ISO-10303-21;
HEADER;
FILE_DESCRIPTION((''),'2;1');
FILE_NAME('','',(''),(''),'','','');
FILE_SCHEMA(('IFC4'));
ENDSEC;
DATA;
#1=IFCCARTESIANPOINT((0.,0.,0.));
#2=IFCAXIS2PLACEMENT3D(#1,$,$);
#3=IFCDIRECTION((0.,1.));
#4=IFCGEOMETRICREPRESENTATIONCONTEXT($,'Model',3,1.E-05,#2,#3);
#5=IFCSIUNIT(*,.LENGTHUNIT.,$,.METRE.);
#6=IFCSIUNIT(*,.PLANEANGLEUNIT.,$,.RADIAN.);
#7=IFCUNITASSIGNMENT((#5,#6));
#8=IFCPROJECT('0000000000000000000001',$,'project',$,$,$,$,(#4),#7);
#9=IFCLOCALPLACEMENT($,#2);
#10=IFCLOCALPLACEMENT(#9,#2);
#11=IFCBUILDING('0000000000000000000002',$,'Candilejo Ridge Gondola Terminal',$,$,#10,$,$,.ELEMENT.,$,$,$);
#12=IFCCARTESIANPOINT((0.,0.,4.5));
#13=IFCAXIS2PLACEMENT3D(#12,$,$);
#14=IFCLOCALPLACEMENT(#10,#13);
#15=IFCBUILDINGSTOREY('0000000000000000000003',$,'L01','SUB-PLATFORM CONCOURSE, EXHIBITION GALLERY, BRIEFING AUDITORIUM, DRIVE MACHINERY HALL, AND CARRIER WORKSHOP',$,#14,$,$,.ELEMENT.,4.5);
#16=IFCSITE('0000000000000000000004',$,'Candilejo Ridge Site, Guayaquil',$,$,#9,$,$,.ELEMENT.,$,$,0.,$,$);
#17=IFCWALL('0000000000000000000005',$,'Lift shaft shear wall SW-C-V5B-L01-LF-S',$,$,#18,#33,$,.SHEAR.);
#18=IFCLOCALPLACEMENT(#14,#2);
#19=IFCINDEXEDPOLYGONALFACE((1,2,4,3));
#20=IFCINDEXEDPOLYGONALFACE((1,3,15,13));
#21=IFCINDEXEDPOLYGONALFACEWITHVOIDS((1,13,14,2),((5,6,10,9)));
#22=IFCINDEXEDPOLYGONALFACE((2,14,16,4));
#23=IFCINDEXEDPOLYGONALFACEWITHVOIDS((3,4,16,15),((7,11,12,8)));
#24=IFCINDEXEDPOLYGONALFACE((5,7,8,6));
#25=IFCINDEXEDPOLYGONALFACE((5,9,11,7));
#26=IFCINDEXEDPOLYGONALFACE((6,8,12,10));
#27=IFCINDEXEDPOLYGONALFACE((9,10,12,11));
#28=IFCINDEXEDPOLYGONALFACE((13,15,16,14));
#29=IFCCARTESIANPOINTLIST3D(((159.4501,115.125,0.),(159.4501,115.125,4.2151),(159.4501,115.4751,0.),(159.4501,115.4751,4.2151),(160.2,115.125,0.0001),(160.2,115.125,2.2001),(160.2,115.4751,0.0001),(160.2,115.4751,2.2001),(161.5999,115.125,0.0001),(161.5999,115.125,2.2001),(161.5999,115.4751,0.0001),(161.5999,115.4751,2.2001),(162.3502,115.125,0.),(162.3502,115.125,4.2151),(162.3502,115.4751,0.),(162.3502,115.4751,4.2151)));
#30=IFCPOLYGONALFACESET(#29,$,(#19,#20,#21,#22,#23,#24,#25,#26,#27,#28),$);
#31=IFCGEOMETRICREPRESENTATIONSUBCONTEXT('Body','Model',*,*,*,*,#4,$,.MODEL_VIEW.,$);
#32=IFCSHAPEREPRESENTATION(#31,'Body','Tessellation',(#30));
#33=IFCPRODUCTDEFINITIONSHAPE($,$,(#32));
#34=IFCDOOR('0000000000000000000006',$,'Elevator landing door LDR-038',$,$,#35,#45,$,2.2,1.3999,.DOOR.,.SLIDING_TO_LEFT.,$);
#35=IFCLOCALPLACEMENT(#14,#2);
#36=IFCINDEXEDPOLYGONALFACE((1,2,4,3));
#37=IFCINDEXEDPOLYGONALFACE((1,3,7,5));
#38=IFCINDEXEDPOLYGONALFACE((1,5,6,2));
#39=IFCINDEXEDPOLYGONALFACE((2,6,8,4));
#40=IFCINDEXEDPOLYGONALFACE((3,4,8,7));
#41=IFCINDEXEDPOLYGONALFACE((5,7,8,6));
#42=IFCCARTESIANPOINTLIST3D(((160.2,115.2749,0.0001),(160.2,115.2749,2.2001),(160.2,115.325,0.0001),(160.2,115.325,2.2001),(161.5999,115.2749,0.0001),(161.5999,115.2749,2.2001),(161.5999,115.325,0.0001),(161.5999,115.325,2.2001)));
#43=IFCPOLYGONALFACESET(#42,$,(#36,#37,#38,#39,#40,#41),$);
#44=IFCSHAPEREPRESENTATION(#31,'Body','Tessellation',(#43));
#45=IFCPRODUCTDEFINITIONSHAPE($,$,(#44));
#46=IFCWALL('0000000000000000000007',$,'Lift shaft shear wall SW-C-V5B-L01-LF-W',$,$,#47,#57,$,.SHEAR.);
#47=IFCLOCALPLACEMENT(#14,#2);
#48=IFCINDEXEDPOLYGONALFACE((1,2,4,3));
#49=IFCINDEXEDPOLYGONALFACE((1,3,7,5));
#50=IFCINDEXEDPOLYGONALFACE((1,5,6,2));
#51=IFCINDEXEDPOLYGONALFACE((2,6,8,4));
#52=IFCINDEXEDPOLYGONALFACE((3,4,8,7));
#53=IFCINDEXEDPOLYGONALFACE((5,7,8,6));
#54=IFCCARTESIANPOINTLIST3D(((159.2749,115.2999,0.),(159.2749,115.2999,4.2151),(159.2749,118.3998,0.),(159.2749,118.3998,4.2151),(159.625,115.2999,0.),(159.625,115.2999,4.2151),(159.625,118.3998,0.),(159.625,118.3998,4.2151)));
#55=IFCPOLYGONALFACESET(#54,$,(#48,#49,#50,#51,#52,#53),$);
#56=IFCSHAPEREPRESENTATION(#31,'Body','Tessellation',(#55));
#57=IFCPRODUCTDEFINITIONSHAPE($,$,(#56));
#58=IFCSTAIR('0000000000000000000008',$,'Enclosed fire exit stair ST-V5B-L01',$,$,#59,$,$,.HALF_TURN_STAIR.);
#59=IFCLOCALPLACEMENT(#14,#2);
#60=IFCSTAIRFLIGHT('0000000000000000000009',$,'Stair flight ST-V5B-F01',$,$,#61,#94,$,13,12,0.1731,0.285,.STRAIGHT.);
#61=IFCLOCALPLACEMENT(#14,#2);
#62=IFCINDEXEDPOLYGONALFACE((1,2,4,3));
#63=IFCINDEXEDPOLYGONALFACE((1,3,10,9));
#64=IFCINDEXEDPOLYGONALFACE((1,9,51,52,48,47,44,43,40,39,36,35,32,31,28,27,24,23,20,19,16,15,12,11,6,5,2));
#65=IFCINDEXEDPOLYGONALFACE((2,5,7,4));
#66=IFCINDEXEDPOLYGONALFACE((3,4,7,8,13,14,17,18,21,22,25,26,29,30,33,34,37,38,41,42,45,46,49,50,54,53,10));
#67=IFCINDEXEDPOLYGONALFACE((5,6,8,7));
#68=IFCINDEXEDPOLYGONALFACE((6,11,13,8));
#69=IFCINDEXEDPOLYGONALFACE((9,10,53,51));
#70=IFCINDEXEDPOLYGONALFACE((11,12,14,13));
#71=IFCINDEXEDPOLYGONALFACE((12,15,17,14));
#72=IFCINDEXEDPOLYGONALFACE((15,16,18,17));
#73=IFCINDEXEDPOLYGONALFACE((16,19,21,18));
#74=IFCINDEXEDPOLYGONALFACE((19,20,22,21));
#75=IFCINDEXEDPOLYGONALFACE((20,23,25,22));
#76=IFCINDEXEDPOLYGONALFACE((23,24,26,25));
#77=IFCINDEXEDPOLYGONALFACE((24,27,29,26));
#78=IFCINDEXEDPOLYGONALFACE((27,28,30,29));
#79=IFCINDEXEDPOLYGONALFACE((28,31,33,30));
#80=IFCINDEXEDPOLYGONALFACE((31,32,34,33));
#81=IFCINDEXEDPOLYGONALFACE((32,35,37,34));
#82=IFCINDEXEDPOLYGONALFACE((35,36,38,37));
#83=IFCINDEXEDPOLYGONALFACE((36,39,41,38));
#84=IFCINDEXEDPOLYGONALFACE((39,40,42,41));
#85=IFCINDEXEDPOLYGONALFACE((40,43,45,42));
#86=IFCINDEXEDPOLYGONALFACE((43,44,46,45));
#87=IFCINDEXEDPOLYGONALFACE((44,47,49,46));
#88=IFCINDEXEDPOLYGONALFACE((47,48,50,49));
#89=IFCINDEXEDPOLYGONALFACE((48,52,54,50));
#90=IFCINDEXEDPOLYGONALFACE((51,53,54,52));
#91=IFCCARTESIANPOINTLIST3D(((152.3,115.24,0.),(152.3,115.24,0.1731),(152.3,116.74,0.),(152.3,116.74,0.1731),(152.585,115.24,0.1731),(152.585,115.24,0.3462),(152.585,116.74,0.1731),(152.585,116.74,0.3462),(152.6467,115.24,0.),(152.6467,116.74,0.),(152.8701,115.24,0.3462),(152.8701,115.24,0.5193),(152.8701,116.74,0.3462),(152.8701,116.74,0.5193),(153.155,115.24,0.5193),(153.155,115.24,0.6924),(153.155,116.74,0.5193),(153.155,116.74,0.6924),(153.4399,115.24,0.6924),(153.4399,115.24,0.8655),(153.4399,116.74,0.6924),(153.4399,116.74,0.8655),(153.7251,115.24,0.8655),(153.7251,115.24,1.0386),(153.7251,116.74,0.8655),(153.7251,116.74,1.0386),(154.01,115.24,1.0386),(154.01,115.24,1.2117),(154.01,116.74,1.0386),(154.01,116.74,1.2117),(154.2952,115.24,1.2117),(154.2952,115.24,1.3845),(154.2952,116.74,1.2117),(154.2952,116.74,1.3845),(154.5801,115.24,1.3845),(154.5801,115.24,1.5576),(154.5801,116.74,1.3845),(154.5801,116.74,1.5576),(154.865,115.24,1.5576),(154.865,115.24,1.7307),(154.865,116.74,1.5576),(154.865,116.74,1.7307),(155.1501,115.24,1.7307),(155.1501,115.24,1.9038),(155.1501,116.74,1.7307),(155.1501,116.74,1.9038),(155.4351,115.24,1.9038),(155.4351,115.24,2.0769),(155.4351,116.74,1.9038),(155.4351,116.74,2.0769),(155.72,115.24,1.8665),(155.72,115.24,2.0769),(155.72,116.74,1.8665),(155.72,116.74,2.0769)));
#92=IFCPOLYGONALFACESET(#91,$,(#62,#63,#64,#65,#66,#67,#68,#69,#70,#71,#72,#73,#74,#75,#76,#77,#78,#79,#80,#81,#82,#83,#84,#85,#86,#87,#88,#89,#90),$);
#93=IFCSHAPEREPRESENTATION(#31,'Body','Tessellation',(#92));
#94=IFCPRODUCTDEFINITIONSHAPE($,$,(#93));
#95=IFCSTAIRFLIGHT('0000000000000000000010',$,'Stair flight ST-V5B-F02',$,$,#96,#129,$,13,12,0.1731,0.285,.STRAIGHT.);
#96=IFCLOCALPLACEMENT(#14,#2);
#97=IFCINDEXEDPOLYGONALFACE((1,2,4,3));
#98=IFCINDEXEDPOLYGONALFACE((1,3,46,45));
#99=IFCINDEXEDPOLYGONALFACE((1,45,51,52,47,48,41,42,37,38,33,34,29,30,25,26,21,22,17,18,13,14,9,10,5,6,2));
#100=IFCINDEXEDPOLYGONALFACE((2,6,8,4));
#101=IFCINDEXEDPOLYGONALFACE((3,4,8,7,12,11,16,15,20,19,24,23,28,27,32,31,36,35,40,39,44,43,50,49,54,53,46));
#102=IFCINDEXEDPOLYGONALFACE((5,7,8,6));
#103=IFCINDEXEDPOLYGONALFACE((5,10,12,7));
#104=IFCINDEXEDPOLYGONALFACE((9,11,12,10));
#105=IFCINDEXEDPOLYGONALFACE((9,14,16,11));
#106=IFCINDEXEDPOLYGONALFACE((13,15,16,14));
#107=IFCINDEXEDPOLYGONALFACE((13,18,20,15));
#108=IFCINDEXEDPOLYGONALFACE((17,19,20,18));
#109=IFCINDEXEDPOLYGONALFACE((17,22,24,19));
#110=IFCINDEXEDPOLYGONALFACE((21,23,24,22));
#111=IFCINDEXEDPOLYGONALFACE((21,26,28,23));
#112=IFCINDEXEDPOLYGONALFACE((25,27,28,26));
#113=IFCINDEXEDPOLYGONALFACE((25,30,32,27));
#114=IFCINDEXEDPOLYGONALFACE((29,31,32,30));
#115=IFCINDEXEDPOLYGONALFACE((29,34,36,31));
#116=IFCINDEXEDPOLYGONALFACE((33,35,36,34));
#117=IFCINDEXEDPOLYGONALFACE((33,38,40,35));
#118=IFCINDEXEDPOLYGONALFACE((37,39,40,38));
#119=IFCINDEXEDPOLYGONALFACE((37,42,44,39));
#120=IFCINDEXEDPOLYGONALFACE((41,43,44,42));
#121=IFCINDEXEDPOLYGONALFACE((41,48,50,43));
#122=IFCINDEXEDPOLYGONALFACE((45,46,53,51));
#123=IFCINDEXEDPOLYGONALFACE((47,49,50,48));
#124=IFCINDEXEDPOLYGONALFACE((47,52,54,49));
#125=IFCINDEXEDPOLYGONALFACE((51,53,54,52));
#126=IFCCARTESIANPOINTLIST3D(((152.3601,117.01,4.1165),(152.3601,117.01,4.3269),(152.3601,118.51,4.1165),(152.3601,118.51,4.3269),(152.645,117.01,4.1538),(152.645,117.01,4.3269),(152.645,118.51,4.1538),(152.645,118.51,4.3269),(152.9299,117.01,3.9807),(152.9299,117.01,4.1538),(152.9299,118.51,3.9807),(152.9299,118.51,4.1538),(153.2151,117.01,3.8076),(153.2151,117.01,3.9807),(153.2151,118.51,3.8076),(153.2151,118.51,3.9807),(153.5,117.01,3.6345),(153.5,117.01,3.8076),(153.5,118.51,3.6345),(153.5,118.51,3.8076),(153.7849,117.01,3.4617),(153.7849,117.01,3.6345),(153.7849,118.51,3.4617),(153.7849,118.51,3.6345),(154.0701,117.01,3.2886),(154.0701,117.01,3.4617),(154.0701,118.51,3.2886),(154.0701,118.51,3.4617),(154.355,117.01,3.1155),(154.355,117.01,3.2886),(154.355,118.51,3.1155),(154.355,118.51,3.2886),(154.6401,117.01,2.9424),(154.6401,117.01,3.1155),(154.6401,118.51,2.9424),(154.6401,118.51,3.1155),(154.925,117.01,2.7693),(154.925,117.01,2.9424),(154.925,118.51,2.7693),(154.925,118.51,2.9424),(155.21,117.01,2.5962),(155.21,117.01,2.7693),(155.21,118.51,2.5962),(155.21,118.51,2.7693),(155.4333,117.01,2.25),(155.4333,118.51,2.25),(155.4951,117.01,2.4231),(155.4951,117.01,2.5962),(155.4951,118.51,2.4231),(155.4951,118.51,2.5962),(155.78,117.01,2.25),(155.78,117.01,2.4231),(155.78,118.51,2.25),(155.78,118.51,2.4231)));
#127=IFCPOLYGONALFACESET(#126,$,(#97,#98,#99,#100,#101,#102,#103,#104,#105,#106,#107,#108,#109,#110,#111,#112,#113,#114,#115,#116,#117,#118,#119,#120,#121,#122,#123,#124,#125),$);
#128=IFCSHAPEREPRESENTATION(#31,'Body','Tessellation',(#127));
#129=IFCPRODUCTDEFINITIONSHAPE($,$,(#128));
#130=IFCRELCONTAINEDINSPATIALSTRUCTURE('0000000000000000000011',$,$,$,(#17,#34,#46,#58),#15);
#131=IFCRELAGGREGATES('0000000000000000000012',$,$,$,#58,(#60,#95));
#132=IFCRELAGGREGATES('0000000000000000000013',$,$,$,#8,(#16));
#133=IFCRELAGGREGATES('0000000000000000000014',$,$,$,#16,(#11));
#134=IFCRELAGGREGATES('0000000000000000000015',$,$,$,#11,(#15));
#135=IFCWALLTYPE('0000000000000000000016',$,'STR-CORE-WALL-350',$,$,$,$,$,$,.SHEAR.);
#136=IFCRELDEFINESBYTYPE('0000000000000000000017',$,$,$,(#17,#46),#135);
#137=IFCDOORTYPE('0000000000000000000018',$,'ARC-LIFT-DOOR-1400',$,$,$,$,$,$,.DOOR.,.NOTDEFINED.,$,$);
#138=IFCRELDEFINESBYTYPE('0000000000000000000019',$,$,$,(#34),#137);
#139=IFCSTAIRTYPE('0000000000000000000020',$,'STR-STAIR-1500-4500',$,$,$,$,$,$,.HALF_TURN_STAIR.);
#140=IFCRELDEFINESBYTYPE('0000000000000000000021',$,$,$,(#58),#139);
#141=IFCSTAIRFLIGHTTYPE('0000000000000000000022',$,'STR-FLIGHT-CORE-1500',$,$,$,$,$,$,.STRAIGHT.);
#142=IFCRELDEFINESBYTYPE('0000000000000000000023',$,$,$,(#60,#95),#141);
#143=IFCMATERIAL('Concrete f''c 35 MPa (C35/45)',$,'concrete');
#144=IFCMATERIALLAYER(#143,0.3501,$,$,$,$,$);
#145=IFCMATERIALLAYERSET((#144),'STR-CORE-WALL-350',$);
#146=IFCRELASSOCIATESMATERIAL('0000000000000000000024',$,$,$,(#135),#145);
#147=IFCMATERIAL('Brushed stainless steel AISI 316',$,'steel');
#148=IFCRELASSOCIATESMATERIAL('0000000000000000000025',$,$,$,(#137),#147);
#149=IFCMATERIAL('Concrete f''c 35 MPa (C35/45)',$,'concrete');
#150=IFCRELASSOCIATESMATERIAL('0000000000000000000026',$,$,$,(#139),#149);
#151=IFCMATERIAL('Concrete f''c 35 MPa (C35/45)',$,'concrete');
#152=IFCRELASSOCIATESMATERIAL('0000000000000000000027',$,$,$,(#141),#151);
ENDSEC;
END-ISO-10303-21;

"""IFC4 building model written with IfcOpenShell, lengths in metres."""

from ifc_helpers import new_model, si_unit, direction, frame, frame_2d, origin, place, context, subcontext, project, spatial, polyline, rectangle, outline, extrude, material, layer, layer_set, type_object, element, fill, aggregate, save


model = new_model("IFC4")

# Units and contexts
model_context = context("Model", 3, precision=1e-05, world=origin(), true_north=direction((0.0, 1.0)))
body_context = subcontext(model_context, "Body", "Model", "MODEL_VIEW")
ifc_project = project(units=[si_unit("LENGTHUNIT", "METRE"), si_unit("PLANEANGLEUNIT", "RADIAN")], contexts=[model_context])

# Site, building, storey
site_placement = place(None, origin())
site = spatial("IfcSite", under=ifc_project, at=site_placement, Name="Candilejo Ridge Site, Guayaquil", CompositionType="ELEMENT", RefElevation=0.0)
building_placement = place(site_placement, origin())
building = spatial("IfcBuilding", under=site, at=building_placement, Name="Candilejo Ridge Gondola Terminal", CompositionType="ELEMENT")
storey_placement = place(building_placement, frame((0.0, 0.0, 4.5)))
storey = spatial("IfcBuildingStorey", under=building, at=storey_placement, Name="L01", Description="SUB-PLATFORM CONCOURSE, EXHIBITION GALLERY, BRIEFING AUDITORIUM, DRIVE MACHINERY HALL, AND CARRIER WORKSHOP", CompositionType="ELEMENT", Elevation=4.5)

# Shared definitions
ifc_material_1 = material(Name="Concrete f'c 35 MPa (C35/45)", Category="concrete")
ifc_layer_1 = layer(ifc_material_1, 0.3501)
ifc_layer_set_1 = layer_set([ifc_layer_1], Name="STR-CORE-WALL-350")
wall_type_1 = type_object("IfcWallType", Name="STR-CORE-WALL-350", PredefinedType="SHEAR", material=ifc_layer_set_1)

# Wall, opening, door
wall_1_placement = place(storey_placement, frame((159.45, 115.3, 0.0), z_axis=(0.0, 0.0, 1.0), x_axis=(1.0, 0.0, 0.0)))
wall_1 = element("IfcWall", 1, at=wall_1_placement, inside=storey, type_object=wall_type_1, Name="Lift shaft shear wall SW-C-V5B-L01-LF-S", PredefinedType="SHEAR", context=body_context, shape_type="SweptSolid", body=[
    extrude(rectangle(XDim=2.9001, YDim=0.3501, at=frame_2d((1.4502, 0.0))), origin(), (0.0, 0.0, 1.0), 4.2151),
])
opening_1_placement = place(wall_1_placement, frame((0.75, 0.0, 0.0)))
opening_1 = element("IfcOpeningElement", 2, at=opening_1_placement, cuts=wall_1, PredefinedType="OPENING", context=body_context, shape_type="SweptSolid", body=[
    extrude(rectangle(XDim=1.3999, YDim=2.2, at=frame_2d((0.7, 1.1001))), frame((0.0, 0.1851, 0.0), z_axis=(0.0, -1.0, 0.0), x_axis=(1.0, 0.0, 0.0)), (0.0, 0.0, 1.0), 0.3701),
])
ifc_material_2 = material(Name="Brushed stainless steel AISI 316", Category="steel")
door_type_1 = type_object("IfcDoorType", Name="ARC-LIFT-DOOR-1400", OperationType="NOTDEFINED", PredefinedType="DOOR", material=ifc_material_2)
door_1_placement = place(opening_1_placement, origin())
door_1 = element("IfcDoor", 3, at=door_1_placement, inside=storey, type_object=door_type_1, Name="Elevator landing door LDR-038", OperationType="SLIDING_TO_LEFT", OverallHeight=2.2, OverallWidth=1.3999, PredefinedType="DOOR", context=body_context, shape_type="SweptSolid", body=[
    extrude(rectangle(XDim=1.3999, YDim=2.2, at=frame_2d((0.7, 1.1001))), frame((0.0, 0.0249, 0.0), z_axis=(0.0, -1.0, 0.0), x_axis=(1.0, 0.0, 0.0)), (0.0, 0.0, 1.0), 0.05),
])
fill(opening_1, door_1)

# Wall
wall_2_placement = place(storey_placement, frame((159.45, 115.3, 0.0), z_axis=(0.0, 0.0, 1.0), x_axis=(0.0, 1.0, 0.0)))
element("IfcWall", 4, at=wall_2_placement, inside=storey, type_object=wall_type_1, Name="Lift shaft shear wall SW-C-V5B-L01-LF-W", PredefinedType="SHEAR", context=body_context, shape_type="SweptSolid", body=[
    extrude(rectangle(XDim=3.0999, YDim=0.3501, at=frame_2d((1.5498, 0.0))), origin(), (0.0, 0.0, 1.0), 4.2151),
])

# Stair, stair flights
ifc_material_3 = material(Name="Concrete f'c 35 MPa (C35/45)", Category="concrete")
stair_type = type_object("IfcStairType", Name="STR-STAIR-1500-4500", PredefinedType="HALF_TURN_STAIR", material=ifc_material_3)
stair_placement = place(storey_placement, origin())
stair = element("IfcStair", 5, at=stair_placement, inside=storey, type_object=stair_type, Name="Enclosed fire exit stair ST-V5B-L01", PredefinedType="HALF_TURN_STAIR")
ifc_material_4 = material(Name="Concrete f'c 35 MPa (C35/45)", Category="concrete")
stair_flight_type = type_object("IfcStairFlightType", Name="STR-FLIGHT-CORE-1500", PredefinedType="STRAIGHT", material=ifc_material_4)
stair_flight_1_placement = place(storey_placement, frame((152.3, 115.99, 0.0), z_axis=(0.0, 0.0, 1.0), x_axis=(1.0, 0.0, 0.0)))
stair_flight_1 = element("IfcStairFlight", 6, at=stair_flight_1_placement, type_object=stair_flight_type, Name="Stair flight ST-V5B-F01", NumberOfRisers=13, NumberOfTreads=12, PredefinedType="STRAIGHT", RiserHeight=0.1731, TreadLength=0.285, context=body_context, shape_type="SweptSolid", body=[
    extrude(outline(polyline([(0.0, 0.0), (0.0, 0.1731), (0.2849, 0.1731), (0.2849, 0.3462), (0.5701, 0.3462), (0.5701, 0.5193), (0.855, 0.5193), (0.855, 0.6924), (1.1399, 0.6924), (1.1399, 0.8655), (1.425, 0.8655), (1.425, 1.0386), (1.71, 1.0386), (1.71, 1.2117), (1.9951, 1.2117), (1.9951, 1.3845), (2.28, 1.3845), (2.28, 1.5576), (2.5649, 1.5576), (2.5649, 1.7307), (2.8501, 1.7307), (2.8501, 1.9038), (3.135, 1.9038), (3.135, 2.0769), (3.4199, 2.0769), (3.4199, 2.25), (3.4199, 1.8665), (0.3467, 0.0), (0.0, 0.0)])), frame((0.0, 0.75, 0.0), z_axis=(0.0, -1.0, 0.0), x_axis=(1.0, 0.0, 0.0)), (0.0, 0.0, 1.0), 1.5),
])
stair_flight_2_placement = place(storey_placement, frame((155.78, 117.76, 2.25), z_axis=(0.0, 0.0, 1.0), x_axis=(-1.0, 0.0, 0.0)))
stair_flight_2 = element("IfcStairFlight", 7, at=stair_flight_2_placement, type_object=stair_flight_type, Name="Stair flight ST-V5B-F02", NumberOfRisers=13, NumberOfTreads=12, PredefinedType="STRAIGHT", RiserHeight=0.1731, TreadLength=0.285, context=body_context, shape_type="SweptSolid", body=[
    extrude(outline(polyline([(0.0, 0.0), (0.0, 0.1731), (0.2849, 0.1731), (0.2849, 0.3462), (0.5701, 0.3462), (0.5701, 0.5193), (0.855, 0.5193), (0.855, 0.6924), (1.1399, 0.6924), (1.1399, 0.8655), (1.425, 0.8655), (1.425, 1.0386), (1.71, 1.0386), (1.71, 1.2117), (1.9951, 1.2117), (1.9951, 1.3845), (2.28, 1.3845), (2.28, 1.5576), (2.5649, 1.5576), (2.5649, 1.7307), (2.8501, 1.7307), (2.8501, 1.9038), (3.135, 1.9038), (3.135, 2.0769), (3.4199, 2.0769), (3.4199, 2.25), (3.4199, 1.8665), (0.3467, 0.0), (0.0, 0.0)])), frame((0.0, 0.75, 0.0), z_axis=(0.0, -1.0, 0.0), x_axis=(1.0, 0.0, 0.0)), (0.0, 0.0, 1.0), 1.5),
])
aggregate(stair, [stair_flight_1, stair_flight_2])

save(model, "model.ifc")
